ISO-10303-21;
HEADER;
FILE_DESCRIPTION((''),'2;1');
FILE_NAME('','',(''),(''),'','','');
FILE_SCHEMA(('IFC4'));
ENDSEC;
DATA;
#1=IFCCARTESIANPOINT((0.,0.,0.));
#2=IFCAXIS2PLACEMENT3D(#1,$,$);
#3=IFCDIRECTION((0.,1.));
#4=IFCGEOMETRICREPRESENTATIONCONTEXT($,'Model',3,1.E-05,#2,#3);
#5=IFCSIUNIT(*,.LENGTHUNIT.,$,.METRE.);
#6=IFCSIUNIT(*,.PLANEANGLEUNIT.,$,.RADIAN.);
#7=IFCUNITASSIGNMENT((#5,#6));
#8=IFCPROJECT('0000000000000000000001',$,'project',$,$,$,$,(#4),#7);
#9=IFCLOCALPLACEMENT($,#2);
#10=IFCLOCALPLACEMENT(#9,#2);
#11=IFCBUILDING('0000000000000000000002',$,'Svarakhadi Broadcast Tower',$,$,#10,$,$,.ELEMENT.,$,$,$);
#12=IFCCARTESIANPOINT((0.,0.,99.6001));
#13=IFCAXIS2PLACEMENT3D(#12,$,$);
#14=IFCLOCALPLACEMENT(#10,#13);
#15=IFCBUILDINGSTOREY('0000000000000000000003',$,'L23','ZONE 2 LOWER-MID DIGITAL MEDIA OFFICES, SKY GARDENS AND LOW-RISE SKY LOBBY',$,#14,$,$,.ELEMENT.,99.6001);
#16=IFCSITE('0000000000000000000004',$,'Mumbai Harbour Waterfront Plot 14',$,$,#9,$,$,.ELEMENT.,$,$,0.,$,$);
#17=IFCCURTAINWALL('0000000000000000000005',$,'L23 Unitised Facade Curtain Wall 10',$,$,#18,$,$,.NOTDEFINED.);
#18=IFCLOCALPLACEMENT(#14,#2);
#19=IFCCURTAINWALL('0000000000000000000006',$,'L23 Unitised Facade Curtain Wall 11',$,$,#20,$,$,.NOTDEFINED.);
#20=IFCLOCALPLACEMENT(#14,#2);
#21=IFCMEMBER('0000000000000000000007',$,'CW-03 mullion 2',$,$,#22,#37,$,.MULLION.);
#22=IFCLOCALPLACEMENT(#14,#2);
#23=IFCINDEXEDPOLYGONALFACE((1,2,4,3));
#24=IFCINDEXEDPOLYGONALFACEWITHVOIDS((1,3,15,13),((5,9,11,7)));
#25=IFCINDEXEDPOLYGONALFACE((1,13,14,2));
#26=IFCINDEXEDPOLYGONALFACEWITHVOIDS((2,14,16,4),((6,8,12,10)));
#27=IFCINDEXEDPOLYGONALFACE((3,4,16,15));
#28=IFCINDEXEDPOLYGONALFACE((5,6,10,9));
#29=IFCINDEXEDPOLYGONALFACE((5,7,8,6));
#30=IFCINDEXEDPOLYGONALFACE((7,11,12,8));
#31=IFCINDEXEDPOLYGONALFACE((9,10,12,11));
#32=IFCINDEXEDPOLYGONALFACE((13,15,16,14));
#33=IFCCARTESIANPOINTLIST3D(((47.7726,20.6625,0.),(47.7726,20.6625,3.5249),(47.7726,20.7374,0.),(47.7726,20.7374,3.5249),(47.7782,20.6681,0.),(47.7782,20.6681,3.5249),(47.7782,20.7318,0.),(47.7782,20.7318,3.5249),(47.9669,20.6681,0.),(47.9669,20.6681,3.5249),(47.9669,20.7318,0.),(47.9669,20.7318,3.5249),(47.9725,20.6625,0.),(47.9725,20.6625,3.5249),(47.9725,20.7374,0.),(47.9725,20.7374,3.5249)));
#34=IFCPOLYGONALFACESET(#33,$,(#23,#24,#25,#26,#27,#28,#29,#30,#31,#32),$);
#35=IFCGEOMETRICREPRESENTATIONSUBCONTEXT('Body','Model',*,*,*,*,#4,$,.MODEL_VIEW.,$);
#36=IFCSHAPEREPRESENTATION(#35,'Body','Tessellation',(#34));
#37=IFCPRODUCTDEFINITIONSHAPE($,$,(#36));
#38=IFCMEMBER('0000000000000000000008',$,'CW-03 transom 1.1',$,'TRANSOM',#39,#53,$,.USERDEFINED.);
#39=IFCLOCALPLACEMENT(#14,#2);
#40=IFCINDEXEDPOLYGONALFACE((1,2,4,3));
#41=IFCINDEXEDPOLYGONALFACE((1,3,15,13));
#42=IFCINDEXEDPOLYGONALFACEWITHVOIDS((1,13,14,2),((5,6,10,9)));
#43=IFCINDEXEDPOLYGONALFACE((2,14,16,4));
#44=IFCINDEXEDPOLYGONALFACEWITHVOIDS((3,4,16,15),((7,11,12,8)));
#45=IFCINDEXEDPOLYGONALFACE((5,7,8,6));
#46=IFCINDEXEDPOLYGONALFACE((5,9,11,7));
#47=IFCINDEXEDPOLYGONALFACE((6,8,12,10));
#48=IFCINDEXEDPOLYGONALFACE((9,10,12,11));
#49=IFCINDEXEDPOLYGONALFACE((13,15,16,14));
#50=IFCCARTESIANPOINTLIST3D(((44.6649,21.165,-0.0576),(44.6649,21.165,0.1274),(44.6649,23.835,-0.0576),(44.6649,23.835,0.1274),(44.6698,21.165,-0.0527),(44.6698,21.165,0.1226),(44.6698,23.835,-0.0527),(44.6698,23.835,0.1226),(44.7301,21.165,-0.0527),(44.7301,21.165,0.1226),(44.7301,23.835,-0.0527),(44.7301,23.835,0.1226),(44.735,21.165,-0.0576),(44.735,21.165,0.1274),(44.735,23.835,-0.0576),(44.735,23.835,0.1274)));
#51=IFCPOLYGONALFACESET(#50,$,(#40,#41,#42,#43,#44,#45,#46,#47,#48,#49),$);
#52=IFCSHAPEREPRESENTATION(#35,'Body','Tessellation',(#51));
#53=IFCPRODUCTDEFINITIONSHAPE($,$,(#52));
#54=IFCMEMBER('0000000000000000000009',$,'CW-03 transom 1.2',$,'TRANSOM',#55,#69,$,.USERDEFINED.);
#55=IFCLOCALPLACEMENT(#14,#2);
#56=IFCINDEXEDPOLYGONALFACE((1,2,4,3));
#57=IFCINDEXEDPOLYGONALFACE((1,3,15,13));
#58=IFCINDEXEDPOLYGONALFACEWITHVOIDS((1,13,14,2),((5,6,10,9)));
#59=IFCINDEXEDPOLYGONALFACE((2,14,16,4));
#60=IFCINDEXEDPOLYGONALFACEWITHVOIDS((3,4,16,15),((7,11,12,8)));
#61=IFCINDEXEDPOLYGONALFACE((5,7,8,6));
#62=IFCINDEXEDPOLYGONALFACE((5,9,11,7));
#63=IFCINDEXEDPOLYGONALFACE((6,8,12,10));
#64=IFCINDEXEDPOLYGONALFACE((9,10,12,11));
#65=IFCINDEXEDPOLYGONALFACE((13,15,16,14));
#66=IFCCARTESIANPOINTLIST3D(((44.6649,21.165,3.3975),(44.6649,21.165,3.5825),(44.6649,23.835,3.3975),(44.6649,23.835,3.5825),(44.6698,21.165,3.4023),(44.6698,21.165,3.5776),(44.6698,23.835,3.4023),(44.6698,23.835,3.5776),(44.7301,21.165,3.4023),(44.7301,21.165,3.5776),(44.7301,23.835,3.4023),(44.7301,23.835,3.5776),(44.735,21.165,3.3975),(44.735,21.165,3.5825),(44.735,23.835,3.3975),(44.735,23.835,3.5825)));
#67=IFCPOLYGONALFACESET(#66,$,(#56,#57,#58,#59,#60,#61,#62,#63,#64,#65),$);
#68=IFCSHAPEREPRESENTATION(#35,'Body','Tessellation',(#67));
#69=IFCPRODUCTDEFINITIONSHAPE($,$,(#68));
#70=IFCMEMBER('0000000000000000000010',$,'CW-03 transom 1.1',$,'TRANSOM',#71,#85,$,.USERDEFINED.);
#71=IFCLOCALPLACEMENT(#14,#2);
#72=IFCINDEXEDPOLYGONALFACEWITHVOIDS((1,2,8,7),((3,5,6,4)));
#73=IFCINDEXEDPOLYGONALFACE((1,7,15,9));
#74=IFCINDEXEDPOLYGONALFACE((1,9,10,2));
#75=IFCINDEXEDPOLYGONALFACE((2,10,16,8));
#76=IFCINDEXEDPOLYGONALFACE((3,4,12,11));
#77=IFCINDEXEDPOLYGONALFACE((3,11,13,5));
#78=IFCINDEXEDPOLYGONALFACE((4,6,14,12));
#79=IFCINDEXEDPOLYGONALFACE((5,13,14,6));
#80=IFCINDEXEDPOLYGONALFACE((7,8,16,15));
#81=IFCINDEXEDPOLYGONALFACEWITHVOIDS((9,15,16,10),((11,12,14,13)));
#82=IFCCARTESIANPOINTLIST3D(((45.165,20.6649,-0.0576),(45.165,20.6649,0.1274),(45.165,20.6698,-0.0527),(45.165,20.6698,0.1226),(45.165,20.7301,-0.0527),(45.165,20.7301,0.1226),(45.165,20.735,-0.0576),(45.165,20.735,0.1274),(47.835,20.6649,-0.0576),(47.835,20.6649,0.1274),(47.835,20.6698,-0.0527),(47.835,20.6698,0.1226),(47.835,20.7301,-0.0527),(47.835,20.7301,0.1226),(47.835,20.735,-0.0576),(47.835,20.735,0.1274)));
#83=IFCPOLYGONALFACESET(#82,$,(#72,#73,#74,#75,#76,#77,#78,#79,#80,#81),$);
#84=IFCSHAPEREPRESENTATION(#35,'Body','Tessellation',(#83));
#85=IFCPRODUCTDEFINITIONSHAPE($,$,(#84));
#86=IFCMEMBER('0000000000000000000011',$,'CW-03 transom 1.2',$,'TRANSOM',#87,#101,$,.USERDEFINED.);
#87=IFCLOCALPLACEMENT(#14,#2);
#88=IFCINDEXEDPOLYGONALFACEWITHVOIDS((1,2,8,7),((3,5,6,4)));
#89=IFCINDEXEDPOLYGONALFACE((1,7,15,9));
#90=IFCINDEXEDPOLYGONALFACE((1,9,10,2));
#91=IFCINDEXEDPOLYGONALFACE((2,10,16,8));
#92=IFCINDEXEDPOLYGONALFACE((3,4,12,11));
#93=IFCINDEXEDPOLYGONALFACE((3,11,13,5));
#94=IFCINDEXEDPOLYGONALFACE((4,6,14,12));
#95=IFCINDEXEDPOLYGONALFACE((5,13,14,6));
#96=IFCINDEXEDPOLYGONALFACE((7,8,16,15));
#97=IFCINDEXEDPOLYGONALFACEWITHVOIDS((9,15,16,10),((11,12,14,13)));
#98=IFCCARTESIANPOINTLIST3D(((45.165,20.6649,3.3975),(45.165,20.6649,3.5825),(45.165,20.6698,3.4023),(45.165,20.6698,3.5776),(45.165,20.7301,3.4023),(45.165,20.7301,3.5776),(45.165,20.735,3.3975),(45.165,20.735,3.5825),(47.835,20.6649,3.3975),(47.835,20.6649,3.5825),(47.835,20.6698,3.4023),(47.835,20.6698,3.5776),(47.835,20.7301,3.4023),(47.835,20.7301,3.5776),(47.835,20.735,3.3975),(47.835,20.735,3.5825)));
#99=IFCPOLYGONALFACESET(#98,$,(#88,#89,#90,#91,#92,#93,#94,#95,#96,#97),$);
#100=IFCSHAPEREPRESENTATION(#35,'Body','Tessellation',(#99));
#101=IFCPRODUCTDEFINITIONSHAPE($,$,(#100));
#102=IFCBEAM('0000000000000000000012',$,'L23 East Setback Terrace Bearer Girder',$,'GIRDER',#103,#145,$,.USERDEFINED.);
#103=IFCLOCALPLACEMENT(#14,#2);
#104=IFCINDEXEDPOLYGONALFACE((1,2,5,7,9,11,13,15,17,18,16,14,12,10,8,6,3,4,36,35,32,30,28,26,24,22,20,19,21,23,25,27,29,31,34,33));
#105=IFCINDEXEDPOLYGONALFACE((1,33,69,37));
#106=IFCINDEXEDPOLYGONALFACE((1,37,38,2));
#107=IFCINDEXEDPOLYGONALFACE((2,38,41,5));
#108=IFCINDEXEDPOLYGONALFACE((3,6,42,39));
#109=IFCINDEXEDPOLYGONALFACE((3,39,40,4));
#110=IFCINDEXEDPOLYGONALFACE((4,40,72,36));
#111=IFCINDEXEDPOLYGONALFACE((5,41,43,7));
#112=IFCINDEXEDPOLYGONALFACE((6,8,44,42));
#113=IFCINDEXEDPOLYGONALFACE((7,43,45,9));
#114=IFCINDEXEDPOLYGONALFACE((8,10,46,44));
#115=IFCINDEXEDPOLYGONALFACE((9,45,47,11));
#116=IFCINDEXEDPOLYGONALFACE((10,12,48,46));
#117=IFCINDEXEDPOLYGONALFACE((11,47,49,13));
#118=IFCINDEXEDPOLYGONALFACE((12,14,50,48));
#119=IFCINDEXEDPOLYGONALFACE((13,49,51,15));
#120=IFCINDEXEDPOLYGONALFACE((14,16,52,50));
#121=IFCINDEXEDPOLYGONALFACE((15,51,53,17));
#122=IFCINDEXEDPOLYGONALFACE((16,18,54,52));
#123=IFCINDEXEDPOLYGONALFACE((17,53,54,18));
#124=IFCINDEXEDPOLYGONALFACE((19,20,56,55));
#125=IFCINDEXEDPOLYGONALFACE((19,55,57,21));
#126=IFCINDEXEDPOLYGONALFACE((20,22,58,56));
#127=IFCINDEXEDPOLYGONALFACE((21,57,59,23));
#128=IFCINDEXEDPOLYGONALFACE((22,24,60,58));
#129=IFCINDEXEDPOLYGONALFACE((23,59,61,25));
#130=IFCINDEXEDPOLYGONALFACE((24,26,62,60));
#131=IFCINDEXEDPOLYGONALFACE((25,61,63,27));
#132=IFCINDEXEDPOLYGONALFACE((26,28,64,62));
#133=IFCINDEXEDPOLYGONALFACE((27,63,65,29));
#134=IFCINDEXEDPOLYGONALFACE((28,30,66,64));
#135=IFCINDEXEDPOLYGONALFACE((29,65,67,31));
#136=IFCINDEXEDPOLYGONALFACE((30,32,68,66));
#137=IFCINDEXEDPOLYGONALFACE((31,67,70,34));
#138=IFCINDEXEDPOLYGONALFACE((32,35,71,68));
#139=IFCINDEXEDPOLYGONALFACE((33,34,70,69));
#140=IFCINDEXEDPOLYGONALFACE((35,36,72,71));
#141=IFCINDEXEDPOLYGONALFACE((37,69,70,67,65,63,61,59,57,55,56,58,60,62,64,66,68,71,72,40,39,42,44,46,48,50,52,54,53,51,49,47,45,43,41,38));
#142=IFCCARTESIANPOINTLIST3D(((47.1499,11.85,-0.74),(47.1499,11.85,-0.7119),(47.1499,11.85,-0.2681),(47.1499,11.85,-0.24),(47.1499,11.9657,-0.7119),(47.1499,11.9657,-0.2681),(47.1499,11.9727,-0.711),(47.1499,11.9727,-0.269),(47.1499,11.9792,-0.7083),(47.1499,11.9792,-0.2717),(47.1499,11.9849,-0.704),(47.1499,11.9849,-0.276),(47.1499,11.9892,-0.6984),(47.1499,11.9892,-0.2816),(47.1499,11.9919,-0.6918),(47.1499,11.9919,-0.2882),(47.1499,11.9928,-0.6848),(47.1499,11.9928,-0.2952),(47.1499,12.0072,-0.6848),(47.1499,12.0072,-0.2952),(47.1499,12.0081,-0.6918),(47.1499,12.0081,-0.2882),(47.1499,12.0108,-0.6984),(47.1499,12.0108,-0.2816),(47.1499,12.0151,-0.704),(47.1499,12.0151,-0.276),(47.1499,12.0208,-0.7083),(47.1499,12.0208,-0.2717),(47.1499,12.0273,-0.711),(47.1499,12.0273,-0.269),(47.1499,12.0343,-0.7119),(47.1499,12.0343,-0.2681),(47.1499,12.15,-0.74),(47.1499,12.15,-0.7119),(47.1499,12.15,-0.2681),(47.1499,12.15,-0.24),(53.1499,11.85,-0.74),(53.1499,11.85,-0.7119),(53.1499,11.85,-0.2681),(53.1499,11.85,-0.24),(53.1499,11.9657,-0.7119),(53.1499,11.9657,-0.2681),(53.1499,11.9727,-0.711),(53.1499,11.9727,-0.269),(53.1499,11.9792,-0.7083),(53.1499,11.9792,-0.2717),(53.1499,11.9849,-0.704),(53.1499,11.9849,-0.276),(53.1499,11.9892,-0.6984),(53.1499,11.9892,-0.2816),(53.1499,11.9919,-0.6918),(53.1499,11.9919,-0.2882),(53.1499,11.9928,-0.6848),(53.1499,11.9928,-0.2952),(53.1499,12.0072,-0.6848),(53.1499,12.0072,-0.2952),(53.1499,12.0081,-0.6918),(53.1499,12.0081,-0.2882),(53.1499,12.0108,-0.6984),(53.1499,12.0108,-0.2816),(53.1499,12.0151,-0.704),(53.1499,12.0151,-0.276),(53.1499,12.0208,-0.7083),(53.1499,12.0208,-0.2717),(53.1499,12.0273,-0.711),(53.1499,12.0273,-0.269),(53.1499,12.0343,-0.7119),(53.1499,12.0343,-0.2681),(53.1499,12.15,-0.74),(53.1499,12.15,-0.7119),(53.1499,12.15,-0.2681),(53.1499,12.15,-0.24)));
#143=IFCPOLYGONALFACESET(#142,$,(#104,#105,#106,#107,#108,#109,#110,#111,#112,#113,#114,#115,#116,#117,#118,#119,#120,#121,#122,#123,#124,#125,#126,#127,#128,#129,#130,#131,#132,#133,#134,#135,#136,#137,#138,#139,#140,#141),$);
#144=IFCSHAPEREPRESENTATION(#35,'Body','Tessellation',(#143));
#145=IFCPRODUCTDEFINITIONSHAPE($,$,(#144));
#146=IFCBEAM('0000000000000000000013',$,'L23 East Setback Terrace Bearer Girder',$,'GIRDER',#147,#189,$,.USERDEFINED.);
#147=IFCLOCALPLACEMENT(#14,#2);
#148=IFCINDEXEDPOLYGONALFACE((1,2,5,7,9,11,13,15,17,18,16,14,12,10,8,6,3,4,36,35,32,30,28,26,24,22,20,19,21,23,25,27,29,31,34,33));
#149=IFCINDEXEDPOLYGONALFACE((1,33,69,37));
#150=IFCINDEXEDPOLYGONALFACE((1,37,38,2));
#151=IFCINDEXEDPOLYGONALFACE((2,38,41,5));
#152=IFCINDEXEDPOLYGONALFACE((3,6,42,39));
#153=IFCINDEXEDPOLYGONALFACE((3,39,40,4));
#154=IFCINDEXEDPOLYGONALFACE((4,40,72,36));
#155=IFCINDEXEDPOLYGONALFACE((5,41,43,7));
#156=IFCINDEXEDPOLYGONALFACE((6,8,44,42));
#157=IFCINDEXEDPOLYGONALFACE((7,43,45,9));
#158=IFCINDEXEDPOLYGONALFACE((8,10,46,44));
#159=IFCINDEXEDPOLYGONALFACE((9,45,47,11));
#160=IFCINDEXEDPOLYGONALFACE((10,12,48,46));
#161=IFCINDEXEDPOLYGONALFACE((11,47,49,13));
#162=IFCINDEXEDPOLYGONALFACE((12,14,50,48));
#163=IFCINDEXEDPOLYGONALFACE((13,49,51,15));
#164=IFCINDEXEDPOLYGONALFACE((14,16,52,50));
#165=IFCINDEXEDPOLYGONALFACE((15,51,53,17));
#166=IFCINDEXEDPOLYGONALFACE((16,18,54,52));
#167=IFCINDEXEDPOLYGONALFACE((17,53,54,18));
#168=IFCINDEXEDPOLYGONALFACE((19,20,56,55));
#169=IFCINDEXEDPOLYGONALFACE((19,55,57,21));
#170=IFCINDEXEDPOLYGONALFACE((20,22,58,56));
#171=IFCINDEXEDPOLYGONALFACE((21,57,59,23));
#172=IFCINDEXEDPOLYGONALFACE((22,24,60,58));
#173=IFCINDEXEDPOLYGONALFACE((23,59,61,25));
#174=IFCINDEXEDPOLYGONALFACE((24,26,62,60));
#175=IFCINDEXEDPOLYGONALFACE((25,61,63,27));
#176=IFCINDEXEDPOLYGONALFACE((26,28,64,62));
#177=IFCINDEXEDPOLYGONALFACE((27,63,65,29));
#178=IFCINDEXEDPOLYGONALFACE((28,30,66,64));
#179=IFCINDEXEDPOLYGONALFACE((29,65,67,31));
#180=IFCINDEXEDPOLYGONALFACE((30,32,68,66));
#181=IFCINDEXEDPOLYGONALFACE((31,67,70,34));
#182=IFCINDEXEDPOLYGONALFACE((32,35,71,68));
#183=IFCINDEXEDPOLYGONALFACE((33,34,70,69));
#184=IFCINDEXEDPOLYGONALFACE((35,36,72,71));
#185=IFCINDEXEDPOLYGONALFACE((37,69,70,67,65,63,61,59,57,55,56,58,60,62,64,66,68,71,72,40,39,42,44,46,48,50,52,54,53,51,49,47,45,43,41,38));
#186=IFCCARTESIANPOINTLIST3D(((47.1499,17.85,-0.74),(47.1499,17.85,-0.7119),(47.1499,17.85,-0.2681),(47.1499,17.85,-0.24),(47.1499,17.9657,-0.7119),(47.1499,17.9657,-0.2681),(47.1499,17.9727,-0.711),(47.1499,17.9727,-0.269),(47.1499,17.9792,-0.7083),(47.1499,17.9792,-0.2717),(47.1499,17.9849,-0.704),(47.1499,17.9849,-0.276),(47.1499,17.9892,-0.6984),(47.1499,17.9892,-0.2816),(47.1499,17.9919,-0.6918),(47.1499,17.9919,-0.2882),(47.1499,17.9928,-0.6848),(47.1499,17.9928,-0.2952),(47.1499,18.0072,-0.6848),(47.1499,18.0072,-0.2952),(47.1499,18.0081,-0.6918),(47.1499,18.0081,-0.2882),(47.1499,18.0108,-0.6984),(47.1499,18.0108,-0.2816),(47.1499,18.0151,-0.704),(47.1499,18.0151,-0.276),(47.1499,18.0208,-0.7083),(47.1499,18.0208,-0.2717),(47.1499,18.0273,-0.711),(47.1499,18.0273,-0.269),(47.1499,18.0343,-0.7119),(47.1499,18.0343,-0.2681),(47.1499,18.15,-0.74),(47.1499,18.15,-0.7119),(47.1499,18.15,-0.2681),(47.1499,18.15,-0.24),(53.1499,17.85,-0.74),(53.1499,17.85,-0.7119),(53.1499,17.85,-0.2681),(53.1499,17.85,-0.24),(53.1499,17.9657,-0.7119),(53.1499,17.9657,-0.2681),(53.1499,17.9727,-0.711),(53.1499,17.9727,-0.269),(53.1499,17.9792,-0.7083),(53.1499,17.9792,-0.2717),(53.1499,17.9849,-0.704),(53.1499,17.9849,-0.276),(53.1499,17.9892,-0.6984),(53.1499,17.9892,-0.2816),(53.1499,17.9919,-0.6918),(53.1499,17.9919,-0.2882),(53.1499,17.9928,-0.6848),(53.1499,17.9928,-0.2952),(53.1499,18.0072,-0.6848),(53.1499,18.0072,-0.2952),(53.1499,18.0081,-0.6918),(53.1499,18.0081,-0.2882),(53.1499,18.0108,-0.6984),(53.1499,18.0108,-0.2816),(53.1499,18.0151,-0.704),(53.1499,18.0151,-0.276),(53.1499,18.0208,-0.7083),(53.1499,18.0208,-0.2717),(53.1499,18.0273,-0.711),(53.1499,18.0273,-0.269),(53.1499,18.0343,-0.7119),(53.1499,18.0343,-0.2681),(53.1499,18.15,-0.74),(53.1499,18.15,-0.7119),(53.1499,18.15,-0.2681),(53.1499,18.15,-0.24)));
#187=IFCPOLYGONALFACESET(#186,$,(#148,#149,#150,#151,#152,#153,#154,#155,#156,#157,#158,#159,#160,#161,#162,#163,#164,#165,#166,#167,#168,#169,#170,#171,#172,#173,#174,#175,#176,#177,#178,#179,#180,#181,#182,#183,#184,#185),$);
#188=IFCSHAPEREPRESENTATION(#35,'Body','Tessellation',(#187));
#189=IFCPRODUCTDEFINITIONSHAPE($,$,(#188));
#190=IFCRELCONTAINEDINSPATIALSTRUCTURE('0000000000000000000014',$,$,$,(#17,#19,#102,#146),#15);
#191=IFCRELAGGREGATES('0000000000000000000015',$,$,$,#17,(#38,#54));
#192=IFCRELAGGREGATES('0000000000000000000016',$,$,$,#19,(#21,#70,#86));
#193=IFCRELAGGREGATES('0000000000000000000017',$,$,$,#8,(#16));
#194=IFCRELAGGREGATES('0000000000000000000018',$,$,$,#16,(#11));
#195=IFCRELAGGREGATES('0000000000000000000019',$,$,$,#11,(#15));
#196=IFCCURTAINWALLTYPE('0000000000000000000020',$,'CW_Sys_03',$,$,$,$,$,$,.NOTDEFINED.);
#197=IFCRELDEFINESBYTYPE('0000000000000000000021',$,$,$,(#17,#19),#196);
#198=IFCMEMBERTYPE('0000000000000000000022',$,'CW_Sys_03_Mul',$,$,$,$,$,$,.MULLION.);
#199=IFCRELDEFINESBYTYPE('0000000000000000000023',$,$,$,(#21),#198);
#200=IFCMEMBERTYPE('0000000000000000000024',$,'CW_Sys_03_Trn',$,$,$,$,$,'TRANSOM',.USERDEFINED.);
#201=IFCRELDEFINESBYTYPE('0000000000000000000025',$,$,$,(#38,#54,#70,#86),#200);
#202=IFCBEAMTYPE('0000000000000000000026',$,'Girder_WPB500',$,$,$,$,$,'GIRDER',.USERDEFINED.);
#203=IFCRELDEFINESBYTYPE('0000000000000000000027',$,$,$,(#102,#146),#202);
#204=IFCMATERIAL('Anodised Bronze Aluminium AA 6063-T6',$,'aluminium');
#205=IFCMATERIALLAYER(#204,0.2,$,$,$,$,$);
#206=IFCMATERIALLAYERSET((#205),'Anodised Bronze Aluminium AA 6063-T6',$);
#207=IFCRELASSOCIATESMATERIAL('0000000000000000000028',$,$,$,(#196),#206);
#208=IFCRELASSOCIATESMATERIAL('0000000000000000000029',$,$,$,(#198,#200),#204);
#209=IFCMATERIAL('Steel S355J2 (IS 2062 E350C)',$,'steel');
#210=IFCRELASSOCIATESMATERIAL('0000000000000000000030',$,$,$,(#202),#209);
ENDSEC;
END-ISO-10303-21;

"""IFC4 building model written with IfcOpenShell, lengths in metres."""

from ifc_helpers import new_model, si_unit, direction, frame, origin, origin_2d, place, context, subcontext, project, spatial, hollow_rectangle, i_section, extrude, material, layer, layer_set, material_profile, profile_set, type_object, element, aggregate, save


model = new_model("IFC4")

# Units and contexts
model_context = context("Model", 3, precision=1e-05, world=origin(), true_north=direction((0.0, 1.0)))
body_context = subcontext(model_context, "Body", "Model", "MODEL_VIEW")
ifc_project = project(units=[si_unit("LENGTHUNIT", "METRE"), si_unit("PLANEANGLEUNIT", "RADIAN")], contexts=[model_context])

# Site, building, storey
site_placement = place(None, origin())
site = spatial("IfcSite", under=ifc_project, at=site_placement, Name="Mumbai Harbour Waterfront Plot 14", CompositionType="ELEMENT", RefElevation=0.0)
building_placement = place(site_placement, origin())
building = spatial("IfcBuilding", under=site, at=building_placement, Name="Svarakhadi Broadcast Tower", CompositionType="ELEMENT")
storey_placement = place(building_placement, frame((0.0, 0.0, 99.6001)))
storey = spatial("IfcBuildingStorey", under=building, at=storey_placement, Name="L23", Description="ZONE 2 LOWER-MID DIGITAL MEDIA OFFICES, SKY GARDENS AND LOW-RISE SKY LOBBY", CompositionType="ELEMENT", Elevation=99.6001)

# Shared definitions
ifc_material_1 = material(Name="Steel S355J2 (IS 2062 E350C)", Category="steel")

# Shared definitions
ifc_material_2 = material(Name="Anodised Bronze Aluminium AA 6063-T6", Category="aluminium")
ifc_layer_1 = layer(ifc_material_2, 0.2)
ifc_layer_set_1 = layer_set([ifc_layer_1], Name="Anodised Bronze Aluminium AA 6063-T6")
curtain_wall_type = type_object("IfcCurtainWallType", Name="CW_Sys_03", PredefinedType="NOTDEFINED", material=ifc_layer_set_1)
ifc_material_profile_1 = material_profile(ifc_material_2, hollow_rectangle(XDim=0.075, YDim=0.2, WallThickness=0.0056, at=origin_2d()), Name="ALU MULLION 200x75x6")
ifc_profile_set_1 = profile_set([ifc_material_profile_1], Name="Anodised Bronze Aluminium AA 6063-T6")
member_type_1 = type_object("IfcMemberType", Name="CW_Sys_03_Mul", PredefinedType="MULLION", material=ifc_profile_set_1)

# Curtain walls, member
curtain_wall_1_placement = place(storey_placement, origin())
curtain_wall_1 = element("IfcCurtainWall", 1, at=curtain_wall_1_placement, inside=storey, type_object=curtain_wall_type, Name="L23 Unitised Facade Curtain Wall 10", PredefinedType="NOTDEFINED")
curtain_wall_2_placement = place(storey_placement, origin())
curtain_wall_2 = element("IfcCurtainWall", 2, at=curtain_wall_2_placement, inside=storey, type_object=curtain_wall_type, Name="L23 Unitised Facade Curtain Wall 11", PredefinedType="NOTDEFINED")
member_1_placement = place(storey_placement, frame((47.8726, 20.7, 0.0), z_axis=(0.0, 0.0, 1.0), x_axis=(0.0, 1.0, 0.0)))
member_1 = element("IfcMember", 3, at=member_1_placement, type_object=member_type_1, Name="CW-03 mullion 2", PredefinedType="MULLION", context=body_context, shape_type="SweptSolid", body=[
    extrude(hollow_rectangle(XDim=0.075, YDim=0.2, WallThickness=0.0056, at=origin_2d()), origin(), (0.0, 0.0, 1.0), 3.5249),
])

# Members
ifc_material_profile_2 = material_profile(ifc_material_2, hollow_rectangle(XDim=0.0701, YDim=0.1851, WallThickness=0.0049, at=origin_2d()), Name="ALU TRANSOM 185x70x5")
ifc_profile_set_2 = profile_set([ifc_material_profile_2], Name="Anodised Bronze Aluminium AA 6063-T6")
member_type_2 = type_object("IfcMemberType", Name="CW_Sys_03_Trn", ElementType="TRANSOM", PredefinedType="USERDEFINED", material=ifc_profile_set_2)
member_2_placement = place(storey_placement, frame((44.7, 23.835, 0.0349), z_axis=(0.0, -1.0, 0.0), x_axis=(1.0, 0.0, 0.0)))
member_2 = element("IfcMember", 4, at=member_2_placement, type_object=member_type_2, Name="CW-03 transom 1.1", ObjectType="TRANSOM", PredefinedType="USERDEFINED", context=body_context, shape_type="SweptSolid", body=[
    extrude(hollow_rectangle(XDim=0.0701, YDim=0.1851, WallThickness=0.0049, at=origin_2d()), origin(), (0.0, 0.0, 1.0), 2.6699),
])
member_3_placement = place(storey_placement, frame((44.7, 23.835, 3.49), z_axis=(0.0, -1.0, 0.0), x_axis=(1.0, 0.0, 0.0)))
member_3 = element("IfcMember", 5, at=member_3_placement, type_object=member_type_2, Name="CW-03 transom 1.2", ObjectType="TRANSOM", PredefinedType="USERDEFINED", context=body_context, shape_type="SweptSolid", body=[
    extrude(hollow_rectangle(XDim=0.0701, YDim=0.1851, WallThickness=0.0049, at=origin_2d()), origin(), (0.0, 0.0, 1.0), 2.6699),
])
member_4_placement = place(storey_placement, frame((45.165, 20.7, 0.0349), z_axis=(1.0, 0.0, 0.0), x_axis=(0.0, 1.0, 0.0)))
member_4 = element("IfcMember", 6, at=member_4_placement, type_object=member_type_2, Name="CW-03 transom 1.1", ObjectType="TRANSOM", PredefinedType="USERDEFINED", context=body_context, shape_type="SweptSolid", body=[
    extrude(hollow_rectangle(XDim=0.0701, YDim=0.1851, WallThickness=0.0049, at=origin_2d()), origin(), (0.0, 0.0, 1.0), 2.6699),
])
member_5_placement = place(storey_placement, frame((45.165, 20.7, 3.49), z_axis=(1.0, 0.0, 0.0), x_axis=(0.0, 1.0, 0.0)))
member_5 = element("IfcMember", 7, at=member_5_placement, type_object=member_type_2, Name="CW-03 transom 1.2", ObjectType="TRANSOM", PredefinedType="USERDEFINED", context=body_context, shape_type="SweptSolid", body=[
    extrude(hollow_rectangle(XDim=0.0701, YDim=0.1851, WallThickness=0.0049, at=origin_2d()), origin(), (0.0, 0.0, 1.0), 2.6699),
])

# Beams
ifc_material_profile_3 = material_profile(ifc_material_1, i_section(OverallWidth=0.3, OverallDepth=0.5, WebThickness=0.0144, FlangeThickness=0.0281, FilletRadius=0.0271, at=origin_2d()), Name="WPB 500x300x187")
ifc_profile_set_3 = profile_set([ifc_material_profile_3], Name="Steel S355J2 (IS 2062 E350C)")
beam_type_1 = type_object("IfcBeamType", Name="Girder_WPB500", ElementType="GIRDER", PredefinedType="USERDEFINED", material=ifc_profile_set_3)
for number, where, z_axis, x_axis, name in (
    (8, (47.1499, 12.0, -0.49), (1.0, 0.0, 0.0), (0.0, 1.0, 0.0), "L23 East Setback Terrace Bearer Girder"),
    (9, (47.1499, 18.0, -0.49), (1.0, 0.0, 0.0), (0.0, 1.0, 0.0), "L23 East Setback Terrace Bearer Girder"),
):
    element("IfcBeam", number, at=place(storey_placement, frame(where, z_axis=z_axis, x_axis=x_axis)), inside=storey, type_object=beam_type_1, Name=name, ObjectType="GIRDER", PredefinedType="USERDEFINED", context=body_context, shape_type="SweptSolid", body=[
        extrude(i_section(OverallWidth=0.3, OverallDepth=0.5, WebThickness=0.0144, FlangeThickness=0.0281, FilletRadius=0.0271, at=origin_2d()), origin(), (0.0, 0.0, 1.0), 6.0),
    ])

aggregate(curtain_wall_1, [member_2, member_3])
aggregate(curtain_wall_2, [member_1, member_4, member_5])

save(model, "model.ifc")
